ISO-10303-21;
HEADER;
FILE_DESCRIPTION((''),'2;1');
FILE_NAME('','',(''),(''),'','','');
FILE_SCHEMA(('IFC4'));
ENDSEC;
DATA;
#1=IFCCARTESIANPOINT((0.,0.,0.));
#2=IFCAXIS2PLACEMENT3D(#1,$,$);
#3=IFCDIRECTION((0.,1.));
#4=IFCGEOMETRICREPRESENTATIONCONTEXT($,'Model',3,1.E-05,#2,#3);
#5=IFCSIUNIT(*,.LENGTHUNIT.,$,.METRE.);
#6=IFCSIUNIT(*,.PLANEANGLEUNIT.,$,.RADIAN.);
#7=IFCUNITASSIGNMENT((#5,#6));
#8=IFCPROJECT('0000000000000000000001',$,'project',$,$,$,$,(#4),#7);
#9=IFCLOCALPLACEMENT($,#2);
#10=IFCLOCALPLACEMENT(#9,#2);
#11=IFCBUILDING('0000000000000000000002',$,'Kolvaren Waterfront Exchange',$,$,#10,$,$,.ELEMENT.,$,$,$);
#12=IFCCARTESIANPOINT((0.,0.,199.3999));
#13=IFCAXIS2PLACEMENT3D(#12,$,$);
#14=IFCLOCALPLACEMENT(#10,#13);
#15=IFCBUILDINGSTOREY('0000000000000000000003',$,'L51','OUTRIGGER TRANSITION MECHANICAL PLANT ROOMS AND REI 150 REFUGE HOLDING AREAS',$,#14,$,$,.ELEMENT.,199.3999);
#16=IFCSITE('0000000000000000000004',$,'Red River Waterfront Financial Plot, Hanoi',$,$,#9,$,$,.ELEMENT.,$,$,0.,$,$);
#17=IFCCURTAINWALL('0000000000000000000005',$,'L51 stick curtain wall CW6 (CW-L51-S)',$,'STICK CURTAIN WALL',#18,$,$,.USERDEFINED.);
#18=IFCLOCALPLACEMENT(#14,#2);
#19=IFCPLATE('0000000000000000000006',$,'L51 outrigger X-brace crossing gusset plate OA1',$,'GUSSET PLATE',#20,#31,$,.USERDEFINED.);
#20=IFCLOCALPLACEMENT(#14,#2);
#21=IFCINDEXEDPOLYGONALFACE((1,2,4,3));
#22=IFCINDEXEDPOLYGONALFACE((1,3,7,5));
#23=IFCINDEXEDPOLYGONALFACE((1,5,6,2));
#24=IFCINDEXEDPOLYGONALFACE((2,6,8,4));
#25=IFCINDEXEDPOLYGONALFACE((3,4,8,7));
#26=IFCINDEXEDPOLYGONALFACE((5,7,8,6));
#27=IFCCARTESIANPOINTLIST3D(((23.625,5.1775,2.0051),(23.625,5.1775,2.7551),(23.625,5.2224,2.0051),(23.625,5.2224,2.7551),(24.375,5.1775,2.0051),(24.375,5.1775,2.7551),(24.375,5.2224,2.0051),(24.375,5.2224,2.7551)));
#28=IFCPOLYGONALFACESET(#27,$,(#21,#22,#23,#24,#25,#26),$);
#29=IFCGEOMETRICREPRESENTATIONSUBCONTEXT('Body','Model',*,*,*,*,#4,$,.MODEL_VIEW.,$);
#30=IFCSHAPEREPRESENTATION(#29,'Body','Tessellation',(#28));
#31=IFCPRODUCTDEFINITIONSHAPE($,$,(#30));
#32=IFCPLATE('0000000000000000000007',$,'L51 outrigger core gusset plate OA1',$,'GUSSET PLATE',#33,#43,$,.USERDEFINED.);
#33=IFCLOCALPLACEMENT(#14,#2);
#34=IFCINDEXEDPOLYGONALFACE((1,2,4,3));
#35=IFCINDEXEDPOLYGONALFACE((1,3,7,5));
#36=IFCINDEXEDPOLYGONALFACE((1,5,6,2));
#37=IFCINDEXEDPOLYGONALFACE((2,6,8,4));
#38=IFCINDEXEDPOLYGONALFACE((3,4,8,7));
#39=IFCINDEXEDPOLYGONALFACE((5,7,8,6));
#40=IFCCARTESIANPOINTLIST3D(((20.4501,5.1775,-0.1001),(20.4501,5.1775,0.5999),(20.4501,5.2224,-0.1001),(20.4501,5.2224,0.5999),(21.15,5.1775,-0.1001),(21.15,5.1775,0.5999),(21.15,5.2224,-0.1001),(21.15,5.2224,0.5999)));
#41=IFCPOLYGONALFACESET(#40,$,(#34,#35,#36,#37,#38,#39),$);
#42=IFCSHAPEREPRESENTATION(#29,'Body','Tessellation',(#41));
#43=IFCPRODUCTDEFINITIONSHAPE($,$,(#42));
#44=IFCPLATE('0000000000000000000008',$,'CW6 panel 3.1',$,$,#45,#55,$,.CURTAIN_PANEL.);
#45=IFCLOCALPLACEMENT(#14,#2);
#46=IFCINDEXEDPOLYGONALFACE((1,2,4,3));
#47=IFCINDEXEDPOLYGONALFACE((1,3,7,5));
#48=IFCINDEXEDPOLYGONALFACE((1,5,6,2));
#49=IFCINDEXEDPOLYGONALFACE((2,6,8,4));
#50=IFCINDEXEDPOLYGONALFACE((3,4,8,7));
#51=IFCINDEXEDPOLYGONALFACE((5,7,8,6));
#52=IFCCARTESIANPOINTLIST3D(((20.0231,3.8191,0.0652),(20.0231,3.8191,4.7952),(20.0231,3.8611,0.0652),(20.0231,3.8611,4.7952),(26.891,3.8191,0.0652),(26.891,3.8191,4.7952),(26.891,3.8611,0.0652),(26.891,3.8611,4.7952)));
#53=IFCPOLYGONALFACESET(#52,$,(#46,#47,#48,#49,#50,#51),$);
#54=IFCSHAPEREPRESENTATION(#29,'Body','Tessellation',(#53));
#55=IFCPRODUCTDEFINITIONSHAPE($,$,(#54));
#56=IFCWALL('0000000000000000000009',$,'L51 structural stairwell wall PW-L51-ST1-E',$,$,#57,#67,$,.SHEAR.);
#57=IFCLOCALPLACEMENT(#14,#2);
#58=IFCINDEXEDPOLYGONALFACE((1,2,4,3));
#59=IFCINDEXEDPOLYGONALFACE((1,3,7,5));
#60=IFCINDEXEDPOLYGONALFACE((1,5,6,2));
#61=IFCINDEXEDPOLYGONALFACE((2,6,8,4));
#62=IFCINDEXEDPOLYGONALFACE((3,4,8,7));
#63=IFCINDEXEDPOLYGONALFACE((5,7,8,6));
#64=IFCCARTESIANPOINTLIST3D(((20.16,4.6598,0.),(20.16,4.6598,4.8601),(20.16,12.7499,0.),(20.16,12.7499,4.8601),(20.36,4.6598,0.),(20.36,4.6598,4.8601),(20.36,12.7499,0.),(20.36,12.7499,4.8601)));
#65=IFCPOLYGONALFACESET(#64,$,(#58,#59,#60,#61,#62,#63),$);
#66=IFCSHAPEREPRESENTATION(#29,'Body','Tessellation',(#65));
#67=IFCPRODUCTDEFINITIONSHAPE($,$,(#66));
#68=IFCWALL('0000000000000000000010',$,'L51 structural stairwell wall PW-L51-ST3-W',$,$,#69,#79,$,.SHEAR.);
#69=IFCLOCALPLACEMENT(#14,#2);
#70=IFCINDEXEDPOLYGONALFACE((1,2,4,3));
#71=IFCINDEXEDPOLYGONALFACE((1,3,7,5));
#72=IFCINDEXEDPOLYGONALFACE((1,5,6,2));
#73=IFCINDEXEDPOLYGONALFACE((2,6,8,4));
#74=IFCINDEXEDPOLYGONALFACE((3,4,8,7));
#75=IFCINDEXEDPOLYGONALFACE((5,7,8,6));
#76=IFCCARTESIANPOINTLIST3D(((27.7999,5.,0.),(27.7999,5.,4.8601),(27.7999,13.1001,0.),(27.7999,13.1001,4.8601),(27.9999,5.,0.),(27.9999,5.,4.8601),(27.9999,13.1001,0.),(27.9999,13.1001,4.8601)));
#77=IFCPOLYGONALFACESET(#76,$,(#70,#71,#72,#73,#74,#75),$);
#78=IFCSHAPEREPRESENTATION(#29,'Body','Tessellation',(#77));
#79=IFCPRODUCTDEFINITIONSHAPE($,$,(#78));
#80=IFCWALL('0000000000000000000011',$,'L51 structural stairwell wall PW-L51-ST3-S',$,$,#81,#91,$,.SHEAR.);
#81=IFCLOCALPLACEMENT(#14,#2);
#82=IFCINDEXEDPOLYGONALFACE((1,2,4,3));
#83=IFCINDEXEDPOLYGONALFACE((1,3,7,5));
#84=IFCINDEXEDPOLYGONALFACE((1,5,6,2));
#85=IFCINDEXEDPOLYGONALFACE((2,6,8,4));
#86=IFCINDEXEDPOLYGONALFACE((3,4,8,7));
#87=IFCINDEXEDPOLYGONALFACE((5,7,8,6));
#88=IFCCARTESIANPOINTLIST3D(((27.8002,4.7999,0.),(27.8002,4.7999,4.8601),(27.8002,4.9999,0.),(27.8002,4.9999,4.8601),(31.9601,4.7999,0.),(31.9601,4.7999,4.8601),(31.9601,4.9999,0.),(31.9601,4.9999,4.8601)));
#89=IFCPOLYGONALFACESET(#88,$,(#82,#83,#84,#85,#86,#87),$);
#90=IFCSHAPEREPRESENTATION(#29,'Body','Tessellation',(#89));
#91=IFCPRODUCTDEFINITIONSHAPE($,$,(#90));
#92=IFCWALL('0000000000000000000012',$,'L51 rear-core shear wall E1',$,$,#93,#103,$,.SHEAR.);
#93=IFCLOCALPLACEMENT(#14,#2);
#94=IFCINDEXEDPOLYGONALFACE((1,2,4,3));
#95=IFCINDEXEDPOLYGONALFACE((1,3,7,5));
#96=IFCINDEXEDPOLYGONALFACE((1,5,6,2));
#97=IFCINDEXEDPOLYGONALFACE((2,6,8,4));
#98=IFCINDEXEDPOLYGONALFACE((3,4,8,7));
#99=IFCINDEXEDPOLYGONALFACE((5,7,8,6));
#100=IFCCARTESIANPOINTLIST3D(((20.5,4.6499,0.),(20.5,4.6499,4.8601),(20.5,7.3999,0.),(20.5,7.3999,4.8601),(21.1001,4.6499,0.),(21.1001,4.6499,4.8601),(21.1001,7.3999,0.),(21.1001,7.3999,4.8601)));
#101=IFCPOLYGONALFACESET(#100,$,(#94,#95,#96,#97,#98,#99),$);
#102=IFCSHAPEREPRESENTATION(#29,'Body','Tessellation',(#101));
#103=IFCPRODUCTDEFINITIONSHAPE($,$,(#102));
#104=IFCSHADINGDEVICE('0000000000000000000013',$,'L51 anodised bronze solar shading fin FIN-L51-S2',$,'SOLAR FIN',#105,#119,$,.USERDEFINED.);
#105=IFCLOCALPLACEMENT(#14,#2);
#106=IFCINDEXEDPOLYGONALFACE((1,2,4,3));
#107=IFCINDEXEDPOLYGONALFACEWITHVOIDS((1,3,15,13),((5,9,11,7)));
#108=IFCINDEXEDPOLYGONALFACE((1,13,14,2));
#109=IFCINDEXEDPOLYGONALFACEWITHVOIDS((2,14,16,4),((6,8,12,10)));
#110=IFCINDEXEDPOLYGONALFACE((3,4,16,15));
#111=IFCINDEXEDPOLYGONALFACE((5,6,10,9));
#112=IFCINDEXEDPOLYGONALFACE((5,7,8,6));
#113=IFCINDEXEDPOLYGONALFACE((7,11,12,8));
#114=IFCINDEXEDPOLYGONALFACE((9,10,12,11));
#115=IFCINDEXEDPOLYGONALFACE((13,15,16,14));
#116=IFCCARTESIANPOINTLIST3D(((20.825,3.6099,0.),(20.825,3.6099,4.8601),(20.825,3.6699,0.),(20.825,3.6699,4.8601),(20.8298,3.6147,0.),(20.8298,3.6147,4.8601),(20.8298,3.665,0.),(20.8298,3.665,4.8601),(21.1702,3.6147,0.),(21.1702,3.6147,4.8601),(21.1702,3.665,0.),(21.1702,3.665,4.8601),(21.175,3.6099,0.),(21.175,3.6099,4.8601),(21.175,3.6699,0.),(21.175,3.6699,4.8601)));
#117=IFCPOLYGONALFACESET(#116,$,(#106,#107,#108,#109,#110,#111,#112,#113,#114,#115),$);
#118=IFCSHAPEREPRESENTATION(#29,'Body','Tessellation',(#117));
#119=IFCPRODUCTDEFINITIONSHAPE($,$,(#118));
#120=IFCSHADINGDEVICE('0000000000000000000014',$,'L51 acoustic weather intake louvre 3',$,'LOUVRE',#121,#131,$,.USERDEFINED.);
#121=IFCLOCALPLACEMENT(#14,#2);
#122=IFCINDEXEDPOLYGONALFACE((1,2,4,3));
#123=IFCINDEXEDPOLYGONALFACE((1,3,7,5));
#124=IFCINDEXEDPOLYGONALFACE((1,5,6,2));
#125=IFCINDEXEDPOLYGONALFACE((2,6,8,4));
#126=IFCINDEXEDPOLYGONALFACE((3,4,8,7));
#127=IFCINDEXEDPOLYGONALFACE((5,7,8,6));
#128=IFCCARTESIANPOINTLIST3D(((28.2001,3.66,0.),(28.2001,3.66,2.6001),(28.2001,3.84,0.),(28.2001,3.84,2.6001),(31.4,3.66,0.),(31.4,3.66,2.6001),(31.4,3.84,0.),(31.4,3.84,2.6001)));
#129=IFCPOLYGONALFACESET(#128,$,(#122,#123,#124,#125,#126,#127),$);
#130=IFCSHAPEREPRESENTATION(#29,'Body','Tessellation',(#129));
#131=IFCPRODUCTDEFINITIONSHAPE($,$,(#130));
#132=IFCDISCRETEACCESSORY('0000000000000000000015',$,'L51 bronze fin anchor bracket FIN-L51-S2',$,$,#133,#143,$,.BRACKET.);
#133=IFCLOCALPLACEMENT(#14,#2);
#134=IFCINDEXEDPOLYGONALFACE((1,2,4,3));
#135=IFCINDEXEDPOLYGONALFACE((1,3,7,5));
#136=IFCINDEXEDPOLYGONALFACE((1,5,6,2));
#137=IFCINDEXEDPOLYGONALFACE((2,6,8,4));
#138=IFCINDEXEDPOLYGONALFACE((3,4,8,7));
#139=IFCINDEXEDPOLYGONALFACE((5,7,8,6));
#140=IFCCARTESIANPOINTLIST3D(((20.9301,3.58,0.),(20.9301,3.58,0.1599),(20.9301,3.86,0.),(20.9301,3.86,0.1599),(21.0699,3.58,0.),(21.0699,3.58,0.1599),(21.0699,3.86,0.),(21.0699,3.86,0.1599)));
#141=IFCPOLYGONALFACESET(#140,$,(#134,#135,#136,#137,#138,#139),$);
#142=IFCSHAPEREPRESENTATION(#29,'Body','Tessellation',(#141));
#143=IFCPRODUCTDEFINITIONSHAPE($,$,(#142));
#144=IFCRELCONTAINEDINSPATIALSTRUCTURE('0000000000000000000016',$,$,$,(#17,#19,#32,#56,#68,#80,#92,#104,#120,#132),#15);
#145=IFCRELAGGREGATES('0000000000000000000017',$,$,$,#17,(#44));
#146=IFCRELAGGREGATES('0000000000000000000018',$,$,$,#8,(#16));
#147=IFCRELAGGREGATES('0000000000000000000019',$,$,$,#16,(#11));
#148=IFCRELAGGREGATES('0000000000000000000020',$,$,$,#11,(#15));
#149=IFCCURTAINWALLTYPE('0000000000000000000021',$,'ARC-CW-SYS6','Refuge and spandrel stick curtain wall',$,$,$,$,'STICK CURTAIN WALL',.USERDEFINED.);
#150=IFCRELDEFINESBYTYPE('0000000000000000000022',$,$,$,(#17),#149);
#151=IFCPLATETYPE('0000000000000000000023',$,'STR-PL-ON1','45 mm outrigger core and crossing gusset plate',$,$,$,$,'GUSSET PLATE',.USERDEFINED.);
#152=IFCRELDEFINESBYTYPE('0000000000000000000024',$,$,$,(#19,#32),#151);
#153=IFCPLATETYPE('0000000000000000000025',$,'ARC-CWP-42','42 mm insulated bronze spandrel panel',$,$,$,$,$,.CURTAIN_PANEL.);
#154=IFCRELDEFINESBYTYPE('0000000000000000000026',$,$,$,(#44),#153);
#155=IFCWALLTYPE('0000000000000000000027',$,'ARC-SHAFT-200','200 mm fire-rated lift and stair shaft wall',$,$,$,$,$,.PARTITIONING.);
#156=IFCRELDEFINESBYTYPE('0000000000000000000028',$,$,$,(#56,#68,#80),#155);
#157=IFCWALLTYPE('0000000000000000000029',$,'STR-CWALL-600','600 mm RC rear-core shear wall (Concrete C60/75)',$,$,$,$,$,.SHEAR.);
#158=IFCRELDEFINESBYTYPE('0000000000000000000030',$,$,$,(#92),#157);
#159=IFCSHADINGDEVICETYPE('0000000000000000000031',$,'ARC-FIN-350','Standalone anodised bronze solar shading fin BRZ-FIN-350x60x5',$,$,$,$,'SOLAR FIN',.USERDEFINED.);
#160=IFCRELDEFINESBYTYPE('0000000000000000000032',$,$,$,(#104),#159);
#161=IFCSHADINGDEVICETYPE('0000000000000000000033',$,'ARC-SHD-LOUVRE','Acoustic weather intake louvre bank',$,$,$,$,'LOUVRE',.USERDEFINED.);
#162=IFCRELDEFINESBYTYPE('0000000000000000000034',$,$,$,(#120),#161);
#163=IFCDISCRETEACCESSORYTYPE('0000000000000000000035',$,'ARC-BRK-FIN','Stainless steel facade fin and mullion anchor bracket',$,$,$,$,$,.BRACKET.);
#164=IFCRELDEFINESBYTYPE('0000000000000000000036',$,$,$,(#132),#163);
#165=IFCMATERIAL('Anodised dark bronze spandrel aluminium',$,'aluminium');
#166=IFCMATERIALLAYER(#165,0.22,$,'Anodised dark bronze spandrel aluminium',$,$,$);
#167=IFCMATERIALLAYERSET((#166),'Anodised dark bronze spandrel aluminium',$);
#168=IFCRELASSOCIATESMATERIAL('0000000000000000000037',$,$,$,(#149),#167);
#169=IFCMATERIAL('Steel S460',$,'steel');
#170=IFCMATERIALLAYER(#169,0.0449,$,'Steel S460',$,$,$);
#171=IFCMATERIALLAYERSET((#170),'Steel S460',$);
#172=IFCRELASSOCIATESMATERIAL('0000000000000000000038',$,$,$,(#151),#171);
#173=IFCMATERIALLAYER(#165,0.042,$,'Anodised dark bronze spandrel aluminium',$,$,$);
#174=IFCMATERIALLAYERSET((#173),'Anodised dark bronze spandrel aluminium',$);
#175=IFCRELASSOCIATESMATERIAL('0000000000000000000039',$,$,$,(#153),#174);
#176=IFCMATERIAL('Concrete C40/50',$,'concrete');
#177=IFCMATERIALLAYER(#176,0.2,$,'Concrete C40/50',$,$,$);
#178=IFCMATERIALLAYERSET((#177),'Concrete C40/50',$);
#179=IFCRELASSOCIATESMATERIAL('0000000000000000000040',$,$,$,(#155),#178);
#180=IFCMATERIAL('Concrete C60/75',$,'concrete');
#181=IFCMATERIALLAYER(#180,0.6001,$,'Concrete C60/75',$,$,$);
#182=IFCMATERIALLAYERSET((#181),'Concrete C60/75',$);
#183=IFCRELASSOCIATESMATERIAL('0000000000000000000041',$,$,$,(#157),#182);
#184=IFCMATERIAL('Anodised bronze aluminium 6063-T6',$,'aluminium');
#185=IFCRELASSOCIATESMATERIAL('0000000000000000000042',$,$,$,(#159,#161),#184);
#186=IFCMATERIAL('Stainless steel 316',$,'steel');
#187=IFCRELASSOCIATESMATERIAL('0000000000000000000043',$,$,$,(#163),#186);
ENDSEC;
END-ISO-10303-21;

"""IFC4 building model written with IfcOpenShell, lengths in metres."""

from ifc_helpers import new_model, si_unit, direction, frame, frame_2d, origin, origin_with_axes, origin_2d, place, context, subcontext, project, spatial, rectangle, hollow_rectangle, extrude, source, transform, mapped, material, layer, layer_set, material_profile, profile_set, type_object, element, aggregate, save


model = new_model("IFC4")

# Units and contexts
model_context = context("Model", 3, precision=1e-05, world=origin(), true_north=direction((0.0, 1.0)))
body_context = subcontext(model_context, "Body", "Model", "MODEL_VIEW")
ifc_project = project(units=[si_unit("LENGTHUNIT", "METRE"), si_unit("PLANEANGLEUNIT", "RADIAN")], contexts=[model_context])

# Site, building, storey
site_placement = place(None, origin())
site = spatial("IfcSite", under=ifc_project, at=site_placement, Name="Red River Waterfront Financial Plot, Hanoi", CompositionType="ELEMENT", RefElevation=0.0)
building_placement = place(site_placement, origin())
building = spatial("IfcBuilding", under=site, at=building_placement, Name="Kolvaren Waterfront Exchange", CompositionType="ELEMENT")
storey_placement = place(building_placement, frame((0.0, 0.0, 199.3999)))
storey = spatial("IfcBuildingStorey", under=building, at=storey_placement, Name="L51", Description="OUTRIGGER TRANSITION MECHANICAL PLANT ROOMS AND REI 150 REFUGE HOLDING AREAS", CompositionType="ELEMENT", Elevation=199.3999)

# Shared definitions
ifc_material_1 = material(Name="Concrete C60/75", Category="concrete")

# Shared definitions
ifc_material_2 = material(Name="Steel S460", Category="steel")

# Curtain wall
ifc_material_3 = material(Name="Anodised dark bronze spandrel aluminium", Category="aluminium")
ifc_layer_1 = layer(ifc_material_3, 0.22, Name="Anodised dark bronze spandrel aluminium")
ifc_layer_set_1 = layer_set([ifc_layer_1], Name="Anodised dark bronze spandrel aluminium")
curtain_wall_type = type_object("IfcCurtainWallType", Name="ARC-CW-SYS6", Description="Refuge and spandrel stick curtain wall", ElementType="STICK CURTAIN WALL", PredefinedType="USERDEFINED", material=ifc_layer_set_1)
curtain_wall_placement = place(storey_placement, origin())
curtain_wall = element("IfcCurtainWall", 1, at=curtain_wall_placement, inside=storey, type_object=curtain_wall_type, Name="L51 stick curtain wall CW6 (CW-L51-S)", ObjectType="STICK CURTAIN WALL", PredefinedType="USERDEFINED")
ifc_material_4 = material(Name="Anodised bronze aluminium 6063-T6", Category="aluminium")

# Plates
ifc_layer_2 = layer(ifc_material_2, 0.0449, Name="Steel S460")
ifc_layer_set_2 = layer_set([ifc_layer_2], Name="Steel S460")
plate_type_1 = type_object("IfcPlateType", Name="STR-PL-ON1", Description="45 mm outrigger core and crossing gusset plate", ElementType="GUSSET PLATE", PredefinedType="USERDEFINED", material=ifc_layer_set_2)
shared_shape_1 = source(origin_with_axes(), body_context, "Body", "SweptSolid", [
    extrude(rectangle(XDim=0.75, YDim=0.0449, at=origin_2d()), origin(), (0.0, 0.0, 1.0), 0.75),
])
plate_1_placement = place(storey_placement, frame((24.0, 5.2, 2.0051), z_axis=(0.0, 0.0, 1.0), x_axis=(1.0, 0.0, 0.0)))
element("IfcPlate", 2, at=plate_1_placement, inside=storey, type_object=plate_type_1, Name="L51 outrigger X-brace crossing gusset plate OA1", ObjectType="GUSSET PLATE", PredefinedType="USERDEFINED", context=body_context, shape_type="MappedRepresentation", body=[
    mapped(shared_shape_1, transform((0.0, 0.0, 0.0), x_axis=(1.0, 0.0, 0.0), y_axis=(0.0, 1.0, 0.0), z_axis=(0.0, 0.0, 1.0), scale=1.0)),
])
shared_shape_2 = source(origin_with_axes(), body_context, "Body", "SweptSolid", [
    extrude(rectangle(XDim=0.7, YDim=0.0449, at=origin_2d()), origin(), (0.0, 0.0, 1.0), 0.7),
])
plate_2_placement = place(storey_placement, frame((20.8, 5.2, -0.1001), z_axis=(0.0, 0.0, 1.0), x_axis=(1.0, 0.0, 0.0)))
element("IfcPlate", 3, at=plate_2_placement, inside=storey, type_object=plate_type_1, Name="L51 outrigger core gusset plate OA1", ObjectType="GUSSET PLATE", PredefinedType="USERDEFINED", context=body_context, shape_type="MappedRepresentation", body=[
    mapped(shared_shape_2, transform((0.0, 0.0, 0.0), x_axis=(1.0, 0.0, 0.0), y_axis=(0.0, 1.0, 0.0), z_axis=(0.0, 0.0, 1.0), scale=1.0)),
])

# Plate
ifc_layer_3 = layer(ifc_material_3, 0.042, Name="Anodised dark bronze spandrel aluminium")
ifc_layer_set_3 = layer_set([ifc_layer_3], Name="Anodised dark bronze spandrel aluminium")
plate_type_2 = type_object("IfcPlateType", Name="ARC-CWP-42", Description="42 mm insulated bronze spandrel panel", PredefinedType="CURTAIN_PANEL", material=ifc_layer_set_3)
shared_shape_3 = source(origin_with_axes(), body_context, "Body", "SweptSolid", [
    extrude(rectangle(XDim=6.8679, YDim=0.042, at=origin_2d()), origin(), (0.0, 0.0, 1.0), 4.73),
])
plate_3_placement = place(storey_placement, frame((23.457, 3.8401, 0.0652), z_axis=(0.0, 0.0, 1.0), x_axis=(1.0, 0.0, 0.0)))
plate_3 = element("IfcPlate", 4, at=plate_3_placement, type_object=plate_type_2, Name="CW6 panel 3.1", PredefinedType="CURTAIN_PANEL", context=body_context, shape_type="MappedRepresentation", body=[
    mapped(shared_shape_3, transform((0.0, 0.0, 0.0), x_axis=(1.0, 0.0, 0.0), y_axis=(0.0, 1.0, 0.0), z_axis=(0.0, 0.0, 1.0), scale=1.0)),
])
aggregate(curtain_wall, [plate_3])

# Walls
ifc_material_5 = material(Name="Concrete C40/50", Category="concrete")
ifc_layer_4 = layer(ifc_material_5, 0.2, Name="Concrete C40/50")
ifc_layer_set_4 = layer_set([ifc_layer_4], Name="Concrete C40/50")
wall_type_1 = type_object("IfcWallType", Name="ARC-SHAFT-200", Description="200 mm fire-rated lift and stair shaft wall", PredefinedType="PARTITIONING", material=ifc_layer_set_4)
wall_1_placement = place(storey_placement, frame((20.26, 4.6599, 0.0), z_axis=(0.0, 0.0, 1.0), x_axis=(0.0, 1.0, 0.0)))
element("IfcWall", 5, at=wall_1_placement, inside=storey, type_object=wall_type_1, Name="L51 structural stairwell wall PW-L51-ST1-E", PredefinedType="SHEAR", context=body_context, shape_type="SweptSolid", body=[
    extrude(rectangle(XDim=8.0901, YDim=0.2, at=frame_2d((4.0449, 0.0))), origin(), (0.0, 0.0, 1.0), 4.8601),
])
wall_2_placement = place(storey_placement, frame((27.8999, 5.0, 0.0), z_axis=(0.0, 0.0, 1.0), x_axis=(0.0, 1.0, 0.0)))
element("IfcWall", 6, at=wall_2_placement, inside=storey, type_object=wall_type_1, Name="L51 structural stairwell wall PW-L51-ST3-W", PredefinedType="SHEAR", context=body_context, shape_type="SweptSolid", body=[
    extrude(rectangle(XDim=8.1001, YDim=0.2, at=frame_2d((4.05, 0.0))), origin(), (0.0, 0.0, 1.0), 4.8601),
])
wall_3_placement = place(storey_placement, frame((27.8, 4.8999, 0.0), z_axis=(0.0, 0.0, 1.0), x_axis=(1.0, 0.0, 0.0)))
element("IfcWall", 7, at=wall_3_placement, inside=storey, type_object=wall_type_1, Name="L51 structural stairwell wall PW-L51-ST3-S", PredefinedType="SHEAR", context=body_context, shape_type="SweptSolid", body=[
    extrude(rectangle(XDim=4.1599, YDim=0.2, at=frame_2d((2.0801, 0.0))), origin(), (0.0, 0.0, 1.0), 4.8601),
])
ifc_layer_5 = layer(ifc_material_1, 0.6001, Name="Concrete C60/75")
ifc_layer_set_5 = layer_set([ifc_layer_5], Name="Concrete C60/75")
wall_type_2 = type_object("IfcWallType", Name="STR-CWALL-600", Description="600 mm RC rear-core shear wall (Concrete C60/75)", PredefinedType="SHEAR", material=ifc_layer_set_5)
wall_4_placement = place(storey_placement, frame((20.8, 4.6499, 0.0), z_axis=(0.0, 0.0, 1.0), x_axis=(0.0, 1.0, 0.0)))
element("IfcWall", 8, at=wall_4_placement, inside=storey, type_object=wall_type_2, Name="L51 rear-core shear wall E1", PredefinedType="SHEAR", context=body_context, shape_type="SweptSolid", body=[
    extrude(rectangle(XDim=2.75, YDim=0.6001, at=frame_2d((1.375, 0.0))), origin(), (0.0, 0.0, 1.0), 4.8601),
])

# Shading devices
ifc_material_profile_1 = material_profile(ifc_material_4, hollow_rectangle(XDim=0.0601, YDim=0.3501, WallThickness=0.0049, at=origin_2d()), Name="BRZ-FIN-350x60x5")
ifc_profile_set_1 = profile_set([ifc_material_profile_1], Name="Anodised bronze aluminium 6063-T6")
shading_device_type_1 = type_object("IfcShadingDeviceType", Name="ARC-FIN-350", Description="Standalone anodised bronze solar shading fin BRZ-FIN-350x60x5", ElementType="SOLAR FIN", PredefinedType="USERDEFINED", material=ifc_profile_set_1)
shading_device_1_placement = place(storey_placement, frame((21.0, 3.6399, 0.0), z_axis=(0.0, 0.0, 1.0), x_axis=(0.0, -1.0, 0.0)))
element("IfcShadingDevice", 9, at=shading_device_1_placement, inside=storey, type_object=shading_device_type_1, Name="L51 anodised bronze solar shading fin FIN-L51-S2", ObjectType="SOLAR FIN", PredefinedType="USERDEFINED", context=body_context, shape_type="SweptSolid", body=[
    extrude(hollow_rectangle(XDim=0.0601, YDim=0.3501, WallThickness=0.0049, at=origin_2d()), origin(), (0.0, 0.0, 1.0), 4.8601),
])
shading_device_type_2 = type_object("IfcShadingDeviceType", Name="ARC-SHD-LOUVRE", Description="Acoustic weather intake louvre bank", ElementType="LOUVRE", PredefinedType="USERDEFINED", material=ifc_material_4)
shared_shape_4 = source(origin_with_axes(), body_context, "Body", "SweptSolid", [
    extrude(rectangle(XDim=3.2, YDim=0.1799, at=origin_2d()), origin(), (0.0, 0.0, 1.0), 2.6001),
])
shading_device_2_placement = place(storey_placement, frame((29.8, 3.75, 0.0), z_axis=(0.0, 0.0, 1.0), x_axis=(1.0, 0.0, 0.0)))
element("IfcShadingDevice", 10, at=shading_device_2_placement, inside=storey, type_object=shading_device_type_2, Name="L51 acoustic weather intake louvre 3", ObjectType="LOUVRE", PredefinedType="USERDEFINED", context=body_context, shape_type="MappedRepresentation", body=[
    mapped(shared_shape_4, transform((0.0, 0.0, 0.0), x_axis=(1.0, 0.0, 0.0), y_axis=(0.0, 1.0, 0.0), z_axis=(0.0, 0.0, 1.0), scale=1.0)),
])

# Discrete accessory
ifc_material_6 = material(Name="Stainless steel 316", Category="steel")
discrete_accessory_type = type_object("IfcDiscreteAccessoryType", Name="ARC-BRK-FIN", Description="Stainless steel facade fin and mullion anchor bracket", PredefinedType="BRACKET", material=ifc_material_6)
shared_shape_5 = source(origin_with_axes(), body_context, "Body", "SweptSolid", [
    extrude(rectangle(XDim=0.28, YDim=0.1399, at=origin_2d()), origin(), (0.0, 0.0, 1.0), 0.1599),
])
discrete_accessory_placement = place(storey_placement, frame((21.0, 3.72, 0.0), z_axis=(0.0, 0.0, 1.0), x_axis=(0.0, -1.0, 0.0)))
element("IfcDiscreteAccessory", 11, at=discrete_accessory_placement, inside=storey, type_object=discrete_accessory_type, Name="L51 bronze fin anchor bracket FIN-L51-S2", PredefinedType="BRACKET", context=body_context, shape_type="MappedRepresentation", body=[
    mapped(shared_shape_5, transform((0.0, 0.0, 0.0), x_axis=(1.0, 0.0, 0.0), y_axis=(0.0, 1.0, 0.0), z_axis=(0.0, 0.0, 1.0), scale=1.0)),
])

save(model, "model.ifc")
